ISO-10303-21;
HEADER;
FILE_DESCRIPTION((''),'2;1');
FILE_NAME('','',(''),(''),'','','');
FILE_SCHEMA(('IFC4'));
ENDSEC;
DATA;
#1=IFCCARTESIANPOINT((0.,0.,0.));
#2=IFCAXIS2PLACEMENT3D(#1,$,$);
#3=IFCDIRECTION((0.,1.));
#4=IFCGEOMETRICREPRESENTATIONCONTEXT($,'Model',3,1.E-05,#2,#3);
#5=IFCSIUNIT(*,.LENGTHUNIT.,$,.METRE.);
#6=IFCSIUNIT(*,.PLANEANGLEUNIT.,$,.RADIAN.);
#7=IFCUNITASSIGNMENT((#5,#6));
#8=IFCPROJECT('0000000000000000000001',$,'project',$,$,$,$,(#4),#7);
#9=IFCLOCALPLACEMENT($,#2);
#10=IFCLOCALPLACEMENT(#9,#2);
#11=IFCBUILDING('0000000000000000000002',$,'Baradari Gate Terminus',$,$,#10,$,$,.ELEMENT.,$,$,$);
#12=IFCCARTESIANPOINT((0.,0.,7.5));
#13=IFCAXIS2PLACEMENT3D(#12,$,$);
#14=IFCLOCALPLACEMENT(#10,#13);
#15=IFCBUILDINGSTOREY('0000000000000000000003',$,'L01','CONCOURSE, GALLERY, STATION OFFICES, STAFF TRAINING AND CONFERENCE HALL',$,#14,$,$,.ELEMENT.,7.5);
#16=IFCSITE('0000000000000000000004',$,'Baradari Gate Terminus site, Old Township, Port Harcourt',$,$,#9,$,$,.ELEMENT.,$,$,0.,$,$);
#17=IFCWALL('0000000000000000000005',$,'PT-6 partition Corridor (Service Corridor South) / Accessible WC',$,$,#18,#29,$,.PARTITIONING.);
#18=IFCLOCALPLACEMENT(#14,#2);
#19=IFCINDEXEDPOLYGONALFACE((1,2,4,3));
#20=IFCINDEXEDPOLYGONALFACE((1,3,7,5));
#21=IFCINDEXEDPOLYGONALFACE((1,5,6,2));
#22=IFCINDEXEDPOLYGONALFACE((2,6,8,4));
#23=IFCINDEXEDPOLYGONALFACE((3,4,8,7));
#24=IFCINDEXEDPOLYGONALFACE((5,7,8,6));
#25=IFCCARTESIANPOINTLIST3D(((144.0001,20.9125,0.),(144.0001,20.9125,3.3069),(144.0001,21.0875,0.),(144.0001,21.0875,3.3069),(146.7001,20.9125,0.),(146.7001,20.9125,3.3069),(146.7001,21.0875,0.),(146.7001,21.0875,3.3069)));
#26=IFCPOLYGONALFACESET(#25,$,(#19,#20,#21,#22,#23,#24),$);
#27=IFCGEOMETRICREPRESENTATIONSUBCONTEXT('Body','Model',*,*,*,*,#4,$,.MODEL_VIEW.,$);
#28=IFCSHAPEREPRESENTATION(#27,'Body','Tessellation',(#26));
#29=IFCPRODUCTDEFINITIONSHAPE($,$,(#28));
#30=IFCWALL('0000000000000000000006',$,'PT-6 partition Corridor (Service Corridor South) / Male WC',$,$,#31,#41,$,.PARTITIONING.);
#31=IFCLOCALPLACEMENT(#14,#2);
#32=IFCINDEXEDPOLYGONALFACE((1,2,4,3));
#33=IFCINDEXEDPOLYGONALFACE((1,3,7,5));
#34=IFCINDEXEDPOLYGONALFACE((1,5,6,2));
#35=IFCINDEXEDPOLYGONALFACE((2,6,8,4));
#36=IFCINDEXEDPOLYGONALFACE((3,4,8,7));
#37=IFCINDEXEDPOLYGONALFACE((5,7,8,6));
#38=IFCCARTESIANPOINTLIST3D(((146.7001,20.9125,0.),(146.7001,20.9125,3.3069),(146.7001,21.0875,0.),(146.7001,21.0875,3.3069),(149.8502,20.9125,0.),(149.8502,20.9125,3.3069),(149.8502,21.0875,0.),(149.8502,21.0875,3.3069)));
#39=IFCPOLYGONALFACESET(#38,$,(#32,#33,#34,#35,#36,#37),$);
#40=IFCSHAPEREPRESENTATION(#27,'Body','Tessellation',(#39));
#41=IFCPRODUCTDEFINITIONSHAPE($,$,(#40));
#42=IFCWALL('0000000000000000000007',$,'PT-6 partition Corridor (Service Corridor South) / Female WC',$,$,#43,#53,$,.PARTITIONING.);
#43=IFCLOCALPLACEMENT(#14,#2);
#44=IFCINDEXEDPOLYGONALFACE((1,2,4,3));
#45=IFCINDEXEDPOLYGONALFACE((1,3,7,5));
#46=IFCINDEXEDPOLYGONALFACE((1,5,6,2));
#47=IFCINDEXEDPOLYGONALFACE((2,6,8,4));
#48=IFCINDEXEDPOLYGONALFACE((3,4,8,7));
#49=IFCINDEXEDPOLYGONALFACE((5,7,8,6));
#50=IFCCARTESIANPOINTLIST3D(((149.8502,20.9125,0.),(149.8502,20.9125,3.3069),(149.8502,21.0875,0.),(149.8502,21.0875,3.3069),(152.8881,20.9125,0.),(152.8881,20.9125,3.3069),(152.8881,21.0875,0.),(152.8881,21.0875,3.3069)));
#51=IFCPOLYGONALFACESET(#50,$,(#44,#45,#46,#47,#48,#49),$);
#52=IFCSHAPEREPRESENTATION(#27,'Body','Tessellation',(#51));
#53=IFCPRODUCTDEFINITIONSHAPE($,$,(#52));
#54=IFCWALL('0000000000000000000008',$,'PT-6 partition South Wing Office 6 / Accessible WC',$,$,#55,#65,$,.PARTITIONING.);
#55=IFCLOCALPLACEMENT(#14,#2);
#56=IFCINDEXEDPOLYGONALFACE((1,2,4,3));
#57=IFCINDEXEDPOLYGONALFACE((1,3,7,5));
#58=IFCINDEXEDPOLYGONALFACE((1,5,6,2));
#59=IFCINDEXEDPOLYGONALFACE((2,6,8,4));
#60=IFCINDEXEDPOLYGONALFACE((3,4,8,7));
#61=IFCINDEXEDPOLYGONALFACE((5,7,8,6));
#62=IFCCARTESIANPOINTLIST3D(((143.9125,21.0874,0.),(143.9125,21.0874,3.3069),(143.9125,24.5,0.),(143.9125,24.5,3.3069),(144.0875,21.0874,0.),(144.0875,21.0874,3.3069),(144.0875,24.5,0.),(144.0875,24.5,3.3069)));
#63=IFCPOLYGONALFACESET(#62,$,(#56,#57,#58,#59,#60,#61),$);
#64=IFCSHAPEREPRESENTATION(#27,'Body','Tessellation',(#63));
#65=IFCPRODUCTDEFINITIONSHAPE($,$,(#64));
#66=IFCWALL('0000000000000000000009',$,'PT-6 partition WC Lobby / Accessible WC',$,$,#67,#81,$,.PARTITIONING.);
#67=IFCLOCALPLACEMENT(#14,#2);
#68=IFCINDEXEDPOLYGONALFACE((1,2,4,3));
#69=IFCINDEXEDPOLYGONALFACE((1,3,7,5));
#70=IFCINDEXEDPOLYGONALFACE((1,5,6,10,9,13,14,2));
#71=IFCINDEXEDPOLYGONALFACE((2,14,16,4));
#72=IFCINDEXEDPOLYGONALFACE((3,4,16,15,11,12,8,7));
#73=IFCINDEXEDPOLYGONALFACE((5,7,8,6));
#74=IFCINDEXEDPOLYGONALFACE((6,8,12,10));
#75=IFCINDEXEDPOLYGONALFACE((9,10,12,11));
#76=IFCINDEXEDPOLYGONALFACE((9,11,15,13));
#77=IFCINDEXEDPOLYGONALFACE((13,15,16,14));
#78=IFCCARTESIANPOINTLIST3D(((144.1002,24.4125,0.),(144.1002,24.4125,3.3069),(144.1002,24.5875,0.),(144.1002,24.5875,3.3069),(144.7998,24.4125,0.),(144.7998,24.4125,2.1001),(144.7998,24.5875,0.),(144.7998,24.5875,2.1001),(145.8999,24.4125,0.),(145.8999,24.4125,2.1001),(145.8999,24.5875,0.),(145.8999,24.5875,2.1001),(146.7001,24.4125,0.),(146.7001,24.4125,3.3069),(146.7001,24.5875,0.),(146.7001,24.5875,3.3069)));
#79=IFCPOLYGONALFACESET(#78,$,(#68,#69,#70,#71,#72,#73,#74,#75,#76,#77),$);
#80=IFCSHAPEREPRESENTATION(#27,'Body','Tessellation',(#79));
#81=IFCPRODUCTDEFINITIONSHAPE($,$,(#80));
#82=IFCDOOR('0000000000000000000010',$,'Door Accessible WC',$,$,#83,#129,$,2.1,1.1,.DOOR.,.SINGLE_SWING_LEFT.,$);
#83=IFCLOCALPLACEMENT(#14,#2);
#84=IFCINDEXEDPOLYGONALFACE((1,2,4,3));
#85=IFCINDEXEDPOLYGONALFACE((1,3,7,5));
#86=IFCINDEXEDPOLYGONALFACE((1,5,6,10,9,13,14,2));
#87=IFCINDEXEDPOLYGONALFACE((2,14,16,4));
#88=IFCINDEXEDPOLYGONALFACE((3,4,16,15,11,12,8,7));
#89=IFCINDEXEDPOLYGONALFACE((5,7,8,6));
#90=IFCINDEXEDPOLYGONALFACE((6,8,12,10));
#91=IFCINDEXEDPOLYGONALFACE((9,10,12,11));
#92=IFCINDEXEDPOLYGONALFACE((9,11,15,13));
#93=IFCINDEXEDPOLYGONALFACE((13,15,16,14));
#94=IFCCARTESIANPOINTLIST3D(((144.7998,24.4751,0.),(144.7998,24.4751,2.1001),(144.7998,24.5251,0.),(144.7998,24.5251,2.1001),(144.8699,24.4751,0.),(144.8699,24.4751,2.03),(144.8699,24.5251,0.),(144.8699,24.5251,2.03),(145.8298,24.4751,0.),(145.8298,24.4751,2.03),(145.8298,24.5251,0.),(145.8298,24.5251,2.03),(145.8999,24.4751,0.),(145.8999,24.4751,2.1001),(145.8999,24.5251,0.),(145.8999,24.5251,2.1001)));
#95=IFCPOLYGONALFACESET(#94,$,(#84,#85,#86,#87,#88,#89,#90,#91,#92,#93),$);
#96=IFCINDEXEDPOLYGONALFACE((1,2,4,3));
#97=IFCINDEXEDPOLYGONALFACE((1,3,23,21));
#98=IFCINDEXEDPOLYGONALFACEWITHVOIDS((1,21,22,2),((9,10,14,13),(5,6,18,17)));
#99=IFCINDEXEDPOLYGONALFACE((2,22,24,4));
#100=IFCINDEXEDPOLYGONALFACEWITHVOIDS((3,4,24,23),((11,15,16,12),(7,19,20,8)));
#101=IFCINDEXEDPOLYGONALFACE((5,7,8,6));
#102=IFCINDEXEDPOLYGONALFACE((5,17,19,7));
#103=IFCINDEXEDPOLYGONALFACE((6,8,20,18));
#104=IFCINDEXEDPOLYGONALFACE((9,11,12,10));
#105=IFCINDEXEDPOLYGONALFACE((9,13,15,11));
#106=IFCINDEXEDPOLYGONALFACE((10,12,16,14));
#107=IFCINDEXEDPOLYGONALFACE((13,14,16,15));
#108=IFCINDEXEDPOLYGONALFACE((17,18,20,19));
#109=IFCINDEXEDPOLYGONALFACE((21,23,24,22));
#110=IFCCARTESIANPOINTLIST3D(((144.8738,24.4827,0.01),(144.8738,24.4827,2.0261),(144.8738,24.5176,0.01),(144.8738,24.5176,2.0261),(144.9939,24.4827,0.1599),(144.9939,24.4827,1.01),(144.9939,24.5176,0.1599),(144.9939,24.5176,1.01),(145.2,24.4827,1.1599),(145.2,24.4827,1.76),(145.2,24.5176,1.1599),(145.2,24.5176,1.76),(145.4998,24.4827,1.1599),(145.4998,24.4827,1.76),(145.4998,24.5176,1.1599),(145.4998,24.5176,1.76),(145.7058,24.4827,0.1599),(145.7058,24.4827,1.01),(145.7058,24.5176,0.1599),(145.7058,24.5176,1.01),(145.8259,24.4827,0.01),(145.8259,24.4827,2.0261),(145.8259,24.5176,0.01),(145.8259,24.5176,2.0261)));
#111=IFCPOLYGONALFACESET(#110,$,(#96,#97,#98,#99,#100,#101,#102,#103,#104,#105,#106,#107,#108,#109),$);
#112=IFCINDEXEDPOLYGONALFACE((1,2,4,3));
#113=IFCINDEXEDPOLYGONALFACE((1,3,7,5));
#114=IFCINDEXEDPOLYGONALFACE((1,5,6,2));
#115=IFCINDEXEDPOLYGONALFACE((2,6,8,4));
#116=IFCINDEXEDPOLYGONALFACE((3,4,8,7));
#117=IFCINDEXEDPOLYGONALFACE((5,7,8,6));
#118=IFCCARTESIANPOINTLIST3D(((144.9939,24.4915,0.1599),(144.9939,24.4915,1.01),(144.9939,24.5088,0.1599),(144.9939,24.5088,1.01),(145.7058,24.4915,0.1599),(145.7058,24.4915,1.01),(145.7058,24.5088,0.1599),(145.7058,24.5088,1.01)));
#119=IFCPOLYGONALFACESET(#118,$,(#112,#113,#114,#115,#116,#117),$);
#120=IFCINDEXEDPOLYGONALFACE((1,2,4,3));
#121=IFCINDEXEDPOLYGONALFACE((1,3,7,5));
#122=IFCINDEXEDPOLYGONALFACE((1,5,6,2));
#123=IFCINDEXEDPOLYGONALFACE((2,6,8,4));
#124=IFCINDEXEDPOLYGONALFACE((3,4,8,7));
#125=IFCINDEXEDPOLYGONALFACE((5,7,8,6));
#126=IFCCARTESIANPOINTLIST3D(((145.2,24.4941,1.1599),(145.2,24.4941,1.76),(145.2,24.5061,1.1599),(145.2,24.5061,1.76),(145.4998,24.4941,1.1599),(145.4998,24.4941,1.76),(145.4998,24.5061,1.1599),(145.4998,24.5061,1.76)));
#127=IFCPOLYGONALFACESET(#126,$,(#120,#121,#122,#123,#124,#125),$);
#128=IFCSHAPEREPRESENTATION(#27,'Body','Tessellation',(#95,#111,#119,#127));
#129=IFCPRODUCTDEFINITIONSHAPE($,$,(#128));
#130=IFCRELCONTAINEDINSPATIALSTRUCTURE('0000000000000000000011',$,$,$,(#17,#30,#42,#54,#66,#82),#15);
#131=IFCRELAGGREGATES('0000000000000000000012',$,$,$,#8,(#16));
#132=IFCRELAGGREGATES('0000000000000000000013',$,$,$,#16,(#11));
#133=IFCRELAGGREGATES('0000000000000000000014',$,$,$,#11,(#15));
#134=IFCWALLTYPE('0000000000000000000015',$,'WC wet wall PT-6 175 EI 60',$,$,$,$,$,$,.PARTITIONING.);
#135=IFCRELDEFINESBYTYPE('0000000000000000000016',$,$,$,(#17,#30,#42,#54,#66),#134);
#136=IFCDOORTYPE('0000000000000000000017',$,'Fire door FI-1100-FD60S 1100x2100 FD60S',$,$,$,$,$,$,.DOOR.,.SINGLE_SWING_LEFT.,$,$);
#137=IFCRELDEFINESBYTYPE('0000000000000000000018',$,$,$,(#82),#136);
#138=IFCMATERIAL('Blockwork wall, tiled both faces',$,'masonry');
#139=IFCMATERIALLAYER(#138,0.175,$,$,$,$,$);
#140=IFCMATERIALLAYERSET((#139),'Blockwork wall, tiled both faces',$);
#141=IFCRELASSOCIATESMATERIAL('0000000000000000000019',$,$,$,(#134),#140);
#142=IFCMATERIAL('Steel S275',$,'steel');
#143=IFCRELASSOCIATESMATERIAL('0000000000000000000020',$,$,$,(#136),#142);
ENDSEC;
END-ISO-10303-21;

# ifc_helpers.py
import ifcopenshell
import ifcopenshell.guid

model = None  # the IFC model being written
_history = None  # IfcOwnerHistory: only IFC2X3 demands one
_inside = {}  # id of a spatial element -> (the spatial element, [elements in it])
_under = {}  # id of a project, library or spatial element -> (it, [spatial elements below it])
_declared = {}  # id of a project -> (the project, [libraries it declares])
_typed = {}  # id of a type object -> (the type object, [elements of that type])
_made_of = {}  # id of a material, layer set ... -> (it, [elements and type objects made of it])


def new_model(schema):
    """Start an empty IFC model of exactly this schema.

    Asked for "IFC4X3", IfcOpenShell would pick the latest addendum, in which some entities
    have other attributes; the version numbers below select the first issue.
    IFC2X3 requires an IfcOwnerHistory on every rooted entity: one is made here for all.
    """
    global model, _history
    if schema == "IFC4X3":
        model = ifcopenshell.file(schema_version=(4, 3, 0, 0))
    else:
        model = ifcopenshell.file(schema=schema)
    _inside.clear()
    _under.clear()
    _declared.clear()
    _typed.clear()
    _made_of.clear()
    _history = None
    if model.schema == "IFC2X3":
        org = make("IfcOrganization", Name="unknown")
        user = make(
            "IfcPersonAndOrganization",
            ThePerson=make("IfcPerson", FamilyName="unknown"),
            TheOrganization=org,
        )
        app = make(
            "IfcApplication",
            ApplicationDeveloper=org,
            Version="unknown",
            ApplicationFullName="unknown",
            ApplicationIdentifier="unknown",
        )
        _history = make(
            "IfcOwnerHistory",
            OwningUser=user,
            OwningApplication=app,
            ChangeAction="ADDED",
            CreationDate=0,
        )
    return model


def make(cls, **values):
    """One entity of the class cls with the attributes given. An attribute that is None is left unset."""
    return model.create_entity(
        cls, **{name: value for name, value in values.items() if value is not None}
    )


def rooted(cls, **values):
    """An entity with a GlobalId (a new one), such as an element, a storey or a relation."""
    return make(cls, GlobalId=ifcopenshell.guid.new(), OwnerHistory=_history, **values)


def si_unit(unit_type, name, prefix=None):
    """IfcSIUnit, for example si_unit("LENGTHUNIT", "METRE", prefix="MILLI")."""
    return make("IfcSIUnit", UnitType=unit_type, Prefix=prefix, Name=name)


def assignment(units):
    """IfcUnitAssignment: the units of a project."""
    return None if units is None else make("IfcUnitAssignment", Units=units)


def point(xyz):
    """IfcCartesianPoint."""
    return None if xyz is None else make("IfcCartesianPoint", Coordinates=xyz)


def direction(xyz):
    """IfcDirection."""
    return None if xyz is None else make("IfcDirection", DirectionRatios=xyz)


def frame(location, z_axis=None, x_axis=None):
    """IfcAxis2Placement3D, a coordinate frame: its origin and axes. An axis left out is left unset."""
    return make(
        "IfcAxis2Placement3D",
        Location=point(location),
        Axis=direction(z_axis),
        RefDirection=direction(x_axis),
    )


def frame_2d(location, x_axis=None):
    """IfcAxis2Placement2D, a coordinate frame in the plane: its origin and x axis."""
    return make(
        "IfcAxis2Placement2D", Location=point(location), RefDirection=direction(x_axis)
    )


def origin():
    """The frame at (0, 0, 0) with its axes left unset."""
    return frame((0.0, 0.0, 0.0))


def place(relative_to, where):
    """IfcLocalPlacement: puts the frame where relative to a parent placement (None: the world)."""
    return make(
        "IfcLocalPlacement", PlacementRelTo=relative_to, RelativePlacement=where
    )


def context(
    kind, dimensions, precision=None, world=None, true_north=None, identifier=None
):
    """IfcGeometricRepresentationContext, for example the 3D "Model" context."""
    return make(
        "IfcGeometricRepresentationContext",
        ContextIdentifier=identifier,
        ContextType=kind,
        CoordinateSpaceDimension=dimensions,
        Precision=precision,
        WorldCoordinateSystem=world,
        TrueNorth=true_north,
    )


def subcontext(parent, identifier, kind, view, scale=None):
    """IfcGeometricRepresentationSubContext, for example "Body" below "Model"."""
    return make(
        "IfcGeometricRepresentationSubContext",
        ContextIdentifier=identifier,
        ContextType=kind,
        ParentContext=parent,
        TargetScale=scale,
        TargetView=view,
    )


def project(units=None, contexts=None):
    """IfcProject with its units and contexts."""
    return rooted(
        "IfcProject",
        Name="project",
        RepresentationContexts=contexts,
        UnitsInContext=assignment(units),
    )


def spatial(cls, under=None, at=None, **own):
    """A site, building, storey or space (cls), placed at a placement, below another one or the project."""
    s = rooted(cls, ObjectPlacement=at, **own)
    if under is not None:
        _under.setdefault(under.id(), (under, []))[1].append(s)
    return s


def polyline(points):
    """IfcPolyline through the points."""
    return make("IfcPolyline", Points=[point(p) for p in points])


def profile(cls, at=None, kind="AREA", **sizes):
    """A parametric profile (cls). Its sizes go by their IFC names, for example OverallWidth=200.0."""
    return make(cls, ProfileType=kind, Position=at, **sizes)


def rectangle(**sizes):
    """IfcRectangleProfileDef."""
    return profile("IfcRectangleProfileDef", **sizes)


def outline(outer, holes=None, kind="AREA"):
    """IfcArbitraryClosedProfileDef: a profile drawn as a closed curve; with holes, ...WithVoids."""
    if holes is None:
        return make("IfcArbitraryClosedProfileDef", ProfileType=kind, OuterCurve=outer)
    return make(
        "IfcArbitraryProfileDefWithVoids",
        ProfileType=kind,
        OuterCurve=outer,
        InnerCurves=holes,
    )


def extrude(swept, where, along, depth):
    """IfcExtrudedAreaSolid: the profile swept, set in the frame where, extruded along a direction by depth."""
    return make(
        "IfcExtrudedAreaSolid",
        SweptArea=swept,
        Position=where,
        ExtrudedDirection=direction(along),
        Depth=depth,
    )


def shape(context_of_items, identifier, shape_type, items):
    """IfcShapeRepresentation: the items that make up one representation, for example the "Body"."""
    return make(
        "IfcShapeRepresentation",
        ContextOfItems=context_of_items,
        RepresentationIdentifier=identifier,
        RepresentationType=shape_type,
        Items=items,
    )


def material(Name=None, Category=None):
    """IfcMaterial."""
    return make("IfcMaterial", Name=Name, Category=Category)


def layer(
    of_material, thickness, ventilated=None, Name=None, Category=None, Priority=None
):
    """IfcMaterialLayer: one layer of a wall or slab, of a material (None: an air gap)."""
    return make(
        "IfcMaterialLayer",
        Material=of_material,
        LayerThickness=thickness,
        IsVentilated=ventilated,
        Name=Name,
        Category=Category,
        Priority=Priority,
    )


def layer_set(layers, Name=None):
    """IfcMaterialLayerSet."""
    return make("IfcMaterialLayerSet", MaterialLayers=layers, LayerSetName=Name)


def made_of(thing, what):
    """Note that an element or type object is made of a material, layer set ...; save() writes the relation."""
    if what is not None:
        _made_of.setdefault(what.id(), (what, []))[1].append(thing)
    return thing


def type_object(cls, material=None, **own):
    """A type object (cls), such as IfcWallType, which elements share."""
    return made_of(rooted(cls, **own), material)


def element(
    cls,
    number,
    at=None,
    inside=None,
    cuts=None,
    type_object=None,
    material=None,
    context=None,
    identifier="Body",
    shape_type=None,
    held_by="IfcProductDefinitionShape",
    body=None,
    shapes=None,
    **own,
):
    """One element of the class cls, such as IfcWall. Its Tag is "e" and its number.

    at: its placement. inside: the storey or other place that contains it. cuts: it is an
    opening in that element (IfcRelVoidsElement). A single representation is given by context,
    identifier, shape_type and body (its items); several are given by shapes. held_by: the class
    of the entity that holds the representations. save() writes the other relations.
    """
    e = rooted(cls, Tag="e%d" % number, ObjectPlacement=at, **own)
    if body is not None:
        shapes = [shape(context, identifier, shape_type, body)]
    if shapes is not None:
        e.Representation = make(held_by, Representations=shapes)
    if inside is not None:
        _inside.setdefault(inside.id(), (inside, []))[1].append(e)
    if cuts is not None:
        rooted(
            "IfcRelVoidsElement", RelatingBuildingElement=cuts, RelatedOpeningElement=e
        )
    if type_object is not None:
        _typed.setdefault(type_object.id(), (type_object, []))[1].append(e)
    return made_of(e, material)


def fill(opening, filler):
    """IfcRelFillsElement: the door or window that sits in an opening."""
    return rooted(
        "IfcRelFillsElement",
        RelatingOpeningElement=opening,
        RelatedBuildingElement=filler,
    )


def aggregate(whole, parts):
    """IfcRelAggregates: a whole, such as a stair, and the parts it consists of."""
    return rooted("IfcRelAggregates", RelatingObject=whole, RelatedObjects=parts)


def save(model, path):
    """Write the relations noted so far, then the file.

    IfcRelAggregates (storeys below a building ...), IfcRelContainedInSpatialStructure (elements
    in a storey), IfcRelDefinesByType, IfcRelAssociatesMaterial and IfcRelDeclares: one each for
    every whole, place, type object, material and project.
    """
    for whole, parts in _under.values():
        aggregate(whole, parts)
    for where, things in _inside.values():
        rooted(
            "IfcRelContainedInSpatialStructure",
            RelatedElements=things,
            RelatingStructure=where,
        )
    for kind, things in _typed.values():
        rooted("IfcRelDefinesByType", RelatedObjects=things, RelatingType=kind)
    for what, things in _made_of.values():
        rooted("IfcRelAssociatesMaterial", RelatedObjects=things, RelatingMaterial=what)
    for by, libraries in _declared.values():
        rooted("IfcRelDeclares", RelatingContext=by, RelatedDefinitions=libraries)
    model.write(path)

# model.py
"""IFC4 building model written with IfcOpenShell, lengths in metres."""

from ifc_helpers import new_model, si_unit, direction, frame, frame_2d, origin, place, context, subcontext, project, spatial, polyline, rectangle, outline, extrude, material, layer, layer_set, type_object, element, fill, save


model = new_model("IFC4")

# Units and contexts
model_context = context("Model", 3, precision=1e-05, world=origin(), true_north=direction((0.0, 1.0)))
body_context = subcontext(model_context, "Body", "Model", "MODEL_VIEW")
ifc_project = project(units=[si_unit("LENGTHUNIT", "METRE"), si_unit("PLANEANGLEUNIT", "RADIAN")], contexts=[model_context])

# Site, building, storey
site_placement = place(None, origin())
site = spatial("IfcSite", under=ifc_project, at=site_placement, Name="Baradari Gate Terminus site, Old Township, Port Harcourt", CompositionType="ELEMENT", RefElevation=0.0)
building_placement = place(site_placement, origin())
building = spatial("IfcBuilding", under=site, at=building_placement, Name="Baradari Gate Terminus", CompositionType="ELEMENT")
storey_placement = place(building_placement, frame((0.0, 0.0, 7.5)))
storey = spatial("IfcBuildingStorey", under=building, at=storey_placement, Name="L01", Description="CONCOURSE, GALLERY, STATION OFFICES, STAFF TRAINING AND CONFERENCE HALL", CompositionType="ELEMENT", Elevation=7.5)

# Walls
ifc_material_1 = material(Name="Blockwork wall, tiled both faces", Category="masonry")
ifc_layer = layer(ifc_material_1, 0.175)
ifc_layer_set = layer_set([ifc_layer], Name="Blockwork wall, tiled both faces")
wall_type = type_object("IfcWallType", Name="WC wet wall PT-6 175 EI 60", PredefinedType="PARTITIONING", material=ifc_layer_set)
wall_1_placement = place(storey_placement, frame((144.0, 21.0, 0.0), z_axis=(0.0, 0.0, 1.0), x_axis=(1.0, 0.0, 0.0)))
element("IfcWall", 1, at=wall_1_placement, inside=storey, type_object=wall_type, Name="PT-6 partition Corridor (Service Corridor South) / Accessible WC", PredefinedType="PARTITIONING", context=body_context, shape_type="SweptSolid", body=[
    extrude(rectangle(XDim=2.7, YDim=0.175, at=frame_2d((1.3501, 0.0))), origin(), (0.0, 0.0, 1.0), 3.3069),
])
wall_2_placement = place(storey_placement, frame((146.7, 21.0, 0.0), z_axis=(0.0, 0.0, 1.0), x_axis=(1.0, 0.0, 0.0)))
element("IfcWall", 2, at=wall_2_placement, inside=storey, type_object=wall_type, Name="PT-6 partition Corridor (Service Corridor South) / Male WC", PredefinedType="PARTITIONING", context=body_context, shape_type="SweptSolid", body=[
    extrude(rectangle(XDim=3.1501, YDim=0.175, at=frame_2d((1.5752, 0.0))), origin(), (0.0, 0.0, 1.0), 3.3069),
])
wall_3_placement = place(storey_placement, frame((149.8501, 21.0, 0.0), z_axis=(0.0, 0.0, 1.0), x_axis=(1.0, 0.0, 0.0)))
element("IfcWall", 3, at=wall_3_placement, inside=storey, type_object=wall_type, Name="PT-6 partition Corridor (Service Corridor South) / Female WC", PredefinedType="PARTITIONING", context=body_context, shape_type="SweptSolid", body=[
    extrude(rectangle(XDim=3.0378, YDim=0.175, at=frame_2d((1.519, 0.0))), origin(), (0.0, 0.0, 1.0), 3.3069),
])
wall_4_placement = place(storey_placement, frame((144.0, 24.5, 0.0), z_axis=(0.0, 0.0, 1.0), x_axis=(0.0, -1.0, 0.0)))
element("IfcWall", 4, at=wall_4_placement, inside=storey, type_object=wall_type, Name="PT-6 partition South Wing Office 6 / Accessible WC", PredefinedType="PARTITIONING", context=body_context, shape_type="SweptSolid", body=[
    extrude(rectangle(XDim=3.4126, YDim=0.175, at=frame_2d((1.7063, 0.0))), origin(), (0.0, 0.0, 1.0), 3.3069),
])

# Wall, opening, door
wall_5_placement = place(storey_placement, frame((146.7, 24.5, 0.0), z_axis=(0.0, 0.0, 1.0), x_axis=(-1.0, 0.0, 0.0)))
wall_5 = element("IfcWall", 5, at=wall_5_placement, inside=storey, type_object=wall_type, Name="PT-6 partition WC Lobby / Accessible WC", PredefinedType="PARTITIONING", context=body_context, shape_type="SweptSolid", body=[
    extrude(rectangle(XDim=2.5999, YDim=0.175, at=frame_2d((1.2998, 0.0))), origin(), (0.0, 0.0, 1.0), 3.3069),
])
opening_1_placement = place(wall_5_placement, frame((0.8, 0.0, 0.0)))
opening_1 = element("IfcOpeningElement", 6, at=opening_1_placement, cuts=wall_5, PredefinedType="OPENING", context=body_context, shape_type="SweptSolid", body=[
    extrude(rectangle(XDim=1.1001, YDim=2.1001, at=frame_2d((0.55, 1.05))), frame((0.0, 0.0974, 0.0), z_axis=(0.0, -1.0, 0.0), x_axis=(1.0, 0.0, 0.0)), (0.0, 0.0, 1.0), 0.1951),
])
ifc_material_2 = material(Name="Steel S275", Category="steel")
door_type_1 = type_object("IfcDoorType", Name="Fire door FI-1100-FD60S 1100x2100 FD60S", OperationType="SINGLE_SWING_LEFT", PredefinedType="DOOR", material=ifc_material_2)
door_1_placement = place(opening_1_placement, origin())
door_1 = element("IfcDoor", 7, at=door_1_placement, inside=storey, type_object=door_type_1, Name="Door Accessible WC", OperationType="SINGLE_SWING_LEFT", OverallHeight=2.1, OverallWidth=1.1, PredefinedType="DOOR", context=body_context, shape_type="SweptSolid", body=[
    extrude(outline(polyline([(0.0, 0.0), (0.0701, 0.0), (0.0701, 2.03), (1.03, 2.03), (1.03, 0.0), (1.1001, 0.0), (1.1001, 2.1001), (0.0, 2.1001), (0.0, 0.0)])), frame((0.0, 0.0249, 0.0), z_axis=(0.0, -1.0, 0.0), x_axis=(1.0, 0.0, 0.0)), (0.0, 0.0, 1.0), 0.05),
    extrude(outline(polyline([(0.074, 0.01), (1.0261, 0.01), (1.0261, 2.0261), (0.074, 2.0261), (0.074, 0.01)]), holes=[polyline([(0.1941, 0.1599), (0.906, 0.1599), (0.906, 1.01), (0.1941, 1.01), (0.1941, 0.1599)]), polyline([(0.4001, 1.1599), (0.7, 1.1599), (0.7, 1.76), (0.4001, 1.76), (0.4001, 1.1599)])]), frame((0.0, 0.0173, 0.0), z_axis=(0.0, -1.0, 0.0), x_axis=(1.0, 0.0, 0.0)), (0.0, 0.0, 1.0), 0.0349),
    extrude(rectangle(XDim=0.7119, YDim=0.8501, at=frame_2d((0.55, 0.585))), frame((0.0, 0.0085, 0.0), z_axis=(0.0, -1.0, 0.0), x_axis=(1.0, 0.0, 0.0)), (0.0, 0.0, 1.0), 0.0173),
    extrude(rectangle(XDim=0.2998, YDim=0.6001, at=frame_2d((0.55, 1.46))), frame((0.0, 0.0059, 0.0), z_axis=(0.0, -1.0, 0.0), x_axis=(1.0, 0.0, 0.0)), (0.0, 0.0, 1.0), 0.012),
])
fill(opening_1, door_1)

save(model, "model.ifc")
